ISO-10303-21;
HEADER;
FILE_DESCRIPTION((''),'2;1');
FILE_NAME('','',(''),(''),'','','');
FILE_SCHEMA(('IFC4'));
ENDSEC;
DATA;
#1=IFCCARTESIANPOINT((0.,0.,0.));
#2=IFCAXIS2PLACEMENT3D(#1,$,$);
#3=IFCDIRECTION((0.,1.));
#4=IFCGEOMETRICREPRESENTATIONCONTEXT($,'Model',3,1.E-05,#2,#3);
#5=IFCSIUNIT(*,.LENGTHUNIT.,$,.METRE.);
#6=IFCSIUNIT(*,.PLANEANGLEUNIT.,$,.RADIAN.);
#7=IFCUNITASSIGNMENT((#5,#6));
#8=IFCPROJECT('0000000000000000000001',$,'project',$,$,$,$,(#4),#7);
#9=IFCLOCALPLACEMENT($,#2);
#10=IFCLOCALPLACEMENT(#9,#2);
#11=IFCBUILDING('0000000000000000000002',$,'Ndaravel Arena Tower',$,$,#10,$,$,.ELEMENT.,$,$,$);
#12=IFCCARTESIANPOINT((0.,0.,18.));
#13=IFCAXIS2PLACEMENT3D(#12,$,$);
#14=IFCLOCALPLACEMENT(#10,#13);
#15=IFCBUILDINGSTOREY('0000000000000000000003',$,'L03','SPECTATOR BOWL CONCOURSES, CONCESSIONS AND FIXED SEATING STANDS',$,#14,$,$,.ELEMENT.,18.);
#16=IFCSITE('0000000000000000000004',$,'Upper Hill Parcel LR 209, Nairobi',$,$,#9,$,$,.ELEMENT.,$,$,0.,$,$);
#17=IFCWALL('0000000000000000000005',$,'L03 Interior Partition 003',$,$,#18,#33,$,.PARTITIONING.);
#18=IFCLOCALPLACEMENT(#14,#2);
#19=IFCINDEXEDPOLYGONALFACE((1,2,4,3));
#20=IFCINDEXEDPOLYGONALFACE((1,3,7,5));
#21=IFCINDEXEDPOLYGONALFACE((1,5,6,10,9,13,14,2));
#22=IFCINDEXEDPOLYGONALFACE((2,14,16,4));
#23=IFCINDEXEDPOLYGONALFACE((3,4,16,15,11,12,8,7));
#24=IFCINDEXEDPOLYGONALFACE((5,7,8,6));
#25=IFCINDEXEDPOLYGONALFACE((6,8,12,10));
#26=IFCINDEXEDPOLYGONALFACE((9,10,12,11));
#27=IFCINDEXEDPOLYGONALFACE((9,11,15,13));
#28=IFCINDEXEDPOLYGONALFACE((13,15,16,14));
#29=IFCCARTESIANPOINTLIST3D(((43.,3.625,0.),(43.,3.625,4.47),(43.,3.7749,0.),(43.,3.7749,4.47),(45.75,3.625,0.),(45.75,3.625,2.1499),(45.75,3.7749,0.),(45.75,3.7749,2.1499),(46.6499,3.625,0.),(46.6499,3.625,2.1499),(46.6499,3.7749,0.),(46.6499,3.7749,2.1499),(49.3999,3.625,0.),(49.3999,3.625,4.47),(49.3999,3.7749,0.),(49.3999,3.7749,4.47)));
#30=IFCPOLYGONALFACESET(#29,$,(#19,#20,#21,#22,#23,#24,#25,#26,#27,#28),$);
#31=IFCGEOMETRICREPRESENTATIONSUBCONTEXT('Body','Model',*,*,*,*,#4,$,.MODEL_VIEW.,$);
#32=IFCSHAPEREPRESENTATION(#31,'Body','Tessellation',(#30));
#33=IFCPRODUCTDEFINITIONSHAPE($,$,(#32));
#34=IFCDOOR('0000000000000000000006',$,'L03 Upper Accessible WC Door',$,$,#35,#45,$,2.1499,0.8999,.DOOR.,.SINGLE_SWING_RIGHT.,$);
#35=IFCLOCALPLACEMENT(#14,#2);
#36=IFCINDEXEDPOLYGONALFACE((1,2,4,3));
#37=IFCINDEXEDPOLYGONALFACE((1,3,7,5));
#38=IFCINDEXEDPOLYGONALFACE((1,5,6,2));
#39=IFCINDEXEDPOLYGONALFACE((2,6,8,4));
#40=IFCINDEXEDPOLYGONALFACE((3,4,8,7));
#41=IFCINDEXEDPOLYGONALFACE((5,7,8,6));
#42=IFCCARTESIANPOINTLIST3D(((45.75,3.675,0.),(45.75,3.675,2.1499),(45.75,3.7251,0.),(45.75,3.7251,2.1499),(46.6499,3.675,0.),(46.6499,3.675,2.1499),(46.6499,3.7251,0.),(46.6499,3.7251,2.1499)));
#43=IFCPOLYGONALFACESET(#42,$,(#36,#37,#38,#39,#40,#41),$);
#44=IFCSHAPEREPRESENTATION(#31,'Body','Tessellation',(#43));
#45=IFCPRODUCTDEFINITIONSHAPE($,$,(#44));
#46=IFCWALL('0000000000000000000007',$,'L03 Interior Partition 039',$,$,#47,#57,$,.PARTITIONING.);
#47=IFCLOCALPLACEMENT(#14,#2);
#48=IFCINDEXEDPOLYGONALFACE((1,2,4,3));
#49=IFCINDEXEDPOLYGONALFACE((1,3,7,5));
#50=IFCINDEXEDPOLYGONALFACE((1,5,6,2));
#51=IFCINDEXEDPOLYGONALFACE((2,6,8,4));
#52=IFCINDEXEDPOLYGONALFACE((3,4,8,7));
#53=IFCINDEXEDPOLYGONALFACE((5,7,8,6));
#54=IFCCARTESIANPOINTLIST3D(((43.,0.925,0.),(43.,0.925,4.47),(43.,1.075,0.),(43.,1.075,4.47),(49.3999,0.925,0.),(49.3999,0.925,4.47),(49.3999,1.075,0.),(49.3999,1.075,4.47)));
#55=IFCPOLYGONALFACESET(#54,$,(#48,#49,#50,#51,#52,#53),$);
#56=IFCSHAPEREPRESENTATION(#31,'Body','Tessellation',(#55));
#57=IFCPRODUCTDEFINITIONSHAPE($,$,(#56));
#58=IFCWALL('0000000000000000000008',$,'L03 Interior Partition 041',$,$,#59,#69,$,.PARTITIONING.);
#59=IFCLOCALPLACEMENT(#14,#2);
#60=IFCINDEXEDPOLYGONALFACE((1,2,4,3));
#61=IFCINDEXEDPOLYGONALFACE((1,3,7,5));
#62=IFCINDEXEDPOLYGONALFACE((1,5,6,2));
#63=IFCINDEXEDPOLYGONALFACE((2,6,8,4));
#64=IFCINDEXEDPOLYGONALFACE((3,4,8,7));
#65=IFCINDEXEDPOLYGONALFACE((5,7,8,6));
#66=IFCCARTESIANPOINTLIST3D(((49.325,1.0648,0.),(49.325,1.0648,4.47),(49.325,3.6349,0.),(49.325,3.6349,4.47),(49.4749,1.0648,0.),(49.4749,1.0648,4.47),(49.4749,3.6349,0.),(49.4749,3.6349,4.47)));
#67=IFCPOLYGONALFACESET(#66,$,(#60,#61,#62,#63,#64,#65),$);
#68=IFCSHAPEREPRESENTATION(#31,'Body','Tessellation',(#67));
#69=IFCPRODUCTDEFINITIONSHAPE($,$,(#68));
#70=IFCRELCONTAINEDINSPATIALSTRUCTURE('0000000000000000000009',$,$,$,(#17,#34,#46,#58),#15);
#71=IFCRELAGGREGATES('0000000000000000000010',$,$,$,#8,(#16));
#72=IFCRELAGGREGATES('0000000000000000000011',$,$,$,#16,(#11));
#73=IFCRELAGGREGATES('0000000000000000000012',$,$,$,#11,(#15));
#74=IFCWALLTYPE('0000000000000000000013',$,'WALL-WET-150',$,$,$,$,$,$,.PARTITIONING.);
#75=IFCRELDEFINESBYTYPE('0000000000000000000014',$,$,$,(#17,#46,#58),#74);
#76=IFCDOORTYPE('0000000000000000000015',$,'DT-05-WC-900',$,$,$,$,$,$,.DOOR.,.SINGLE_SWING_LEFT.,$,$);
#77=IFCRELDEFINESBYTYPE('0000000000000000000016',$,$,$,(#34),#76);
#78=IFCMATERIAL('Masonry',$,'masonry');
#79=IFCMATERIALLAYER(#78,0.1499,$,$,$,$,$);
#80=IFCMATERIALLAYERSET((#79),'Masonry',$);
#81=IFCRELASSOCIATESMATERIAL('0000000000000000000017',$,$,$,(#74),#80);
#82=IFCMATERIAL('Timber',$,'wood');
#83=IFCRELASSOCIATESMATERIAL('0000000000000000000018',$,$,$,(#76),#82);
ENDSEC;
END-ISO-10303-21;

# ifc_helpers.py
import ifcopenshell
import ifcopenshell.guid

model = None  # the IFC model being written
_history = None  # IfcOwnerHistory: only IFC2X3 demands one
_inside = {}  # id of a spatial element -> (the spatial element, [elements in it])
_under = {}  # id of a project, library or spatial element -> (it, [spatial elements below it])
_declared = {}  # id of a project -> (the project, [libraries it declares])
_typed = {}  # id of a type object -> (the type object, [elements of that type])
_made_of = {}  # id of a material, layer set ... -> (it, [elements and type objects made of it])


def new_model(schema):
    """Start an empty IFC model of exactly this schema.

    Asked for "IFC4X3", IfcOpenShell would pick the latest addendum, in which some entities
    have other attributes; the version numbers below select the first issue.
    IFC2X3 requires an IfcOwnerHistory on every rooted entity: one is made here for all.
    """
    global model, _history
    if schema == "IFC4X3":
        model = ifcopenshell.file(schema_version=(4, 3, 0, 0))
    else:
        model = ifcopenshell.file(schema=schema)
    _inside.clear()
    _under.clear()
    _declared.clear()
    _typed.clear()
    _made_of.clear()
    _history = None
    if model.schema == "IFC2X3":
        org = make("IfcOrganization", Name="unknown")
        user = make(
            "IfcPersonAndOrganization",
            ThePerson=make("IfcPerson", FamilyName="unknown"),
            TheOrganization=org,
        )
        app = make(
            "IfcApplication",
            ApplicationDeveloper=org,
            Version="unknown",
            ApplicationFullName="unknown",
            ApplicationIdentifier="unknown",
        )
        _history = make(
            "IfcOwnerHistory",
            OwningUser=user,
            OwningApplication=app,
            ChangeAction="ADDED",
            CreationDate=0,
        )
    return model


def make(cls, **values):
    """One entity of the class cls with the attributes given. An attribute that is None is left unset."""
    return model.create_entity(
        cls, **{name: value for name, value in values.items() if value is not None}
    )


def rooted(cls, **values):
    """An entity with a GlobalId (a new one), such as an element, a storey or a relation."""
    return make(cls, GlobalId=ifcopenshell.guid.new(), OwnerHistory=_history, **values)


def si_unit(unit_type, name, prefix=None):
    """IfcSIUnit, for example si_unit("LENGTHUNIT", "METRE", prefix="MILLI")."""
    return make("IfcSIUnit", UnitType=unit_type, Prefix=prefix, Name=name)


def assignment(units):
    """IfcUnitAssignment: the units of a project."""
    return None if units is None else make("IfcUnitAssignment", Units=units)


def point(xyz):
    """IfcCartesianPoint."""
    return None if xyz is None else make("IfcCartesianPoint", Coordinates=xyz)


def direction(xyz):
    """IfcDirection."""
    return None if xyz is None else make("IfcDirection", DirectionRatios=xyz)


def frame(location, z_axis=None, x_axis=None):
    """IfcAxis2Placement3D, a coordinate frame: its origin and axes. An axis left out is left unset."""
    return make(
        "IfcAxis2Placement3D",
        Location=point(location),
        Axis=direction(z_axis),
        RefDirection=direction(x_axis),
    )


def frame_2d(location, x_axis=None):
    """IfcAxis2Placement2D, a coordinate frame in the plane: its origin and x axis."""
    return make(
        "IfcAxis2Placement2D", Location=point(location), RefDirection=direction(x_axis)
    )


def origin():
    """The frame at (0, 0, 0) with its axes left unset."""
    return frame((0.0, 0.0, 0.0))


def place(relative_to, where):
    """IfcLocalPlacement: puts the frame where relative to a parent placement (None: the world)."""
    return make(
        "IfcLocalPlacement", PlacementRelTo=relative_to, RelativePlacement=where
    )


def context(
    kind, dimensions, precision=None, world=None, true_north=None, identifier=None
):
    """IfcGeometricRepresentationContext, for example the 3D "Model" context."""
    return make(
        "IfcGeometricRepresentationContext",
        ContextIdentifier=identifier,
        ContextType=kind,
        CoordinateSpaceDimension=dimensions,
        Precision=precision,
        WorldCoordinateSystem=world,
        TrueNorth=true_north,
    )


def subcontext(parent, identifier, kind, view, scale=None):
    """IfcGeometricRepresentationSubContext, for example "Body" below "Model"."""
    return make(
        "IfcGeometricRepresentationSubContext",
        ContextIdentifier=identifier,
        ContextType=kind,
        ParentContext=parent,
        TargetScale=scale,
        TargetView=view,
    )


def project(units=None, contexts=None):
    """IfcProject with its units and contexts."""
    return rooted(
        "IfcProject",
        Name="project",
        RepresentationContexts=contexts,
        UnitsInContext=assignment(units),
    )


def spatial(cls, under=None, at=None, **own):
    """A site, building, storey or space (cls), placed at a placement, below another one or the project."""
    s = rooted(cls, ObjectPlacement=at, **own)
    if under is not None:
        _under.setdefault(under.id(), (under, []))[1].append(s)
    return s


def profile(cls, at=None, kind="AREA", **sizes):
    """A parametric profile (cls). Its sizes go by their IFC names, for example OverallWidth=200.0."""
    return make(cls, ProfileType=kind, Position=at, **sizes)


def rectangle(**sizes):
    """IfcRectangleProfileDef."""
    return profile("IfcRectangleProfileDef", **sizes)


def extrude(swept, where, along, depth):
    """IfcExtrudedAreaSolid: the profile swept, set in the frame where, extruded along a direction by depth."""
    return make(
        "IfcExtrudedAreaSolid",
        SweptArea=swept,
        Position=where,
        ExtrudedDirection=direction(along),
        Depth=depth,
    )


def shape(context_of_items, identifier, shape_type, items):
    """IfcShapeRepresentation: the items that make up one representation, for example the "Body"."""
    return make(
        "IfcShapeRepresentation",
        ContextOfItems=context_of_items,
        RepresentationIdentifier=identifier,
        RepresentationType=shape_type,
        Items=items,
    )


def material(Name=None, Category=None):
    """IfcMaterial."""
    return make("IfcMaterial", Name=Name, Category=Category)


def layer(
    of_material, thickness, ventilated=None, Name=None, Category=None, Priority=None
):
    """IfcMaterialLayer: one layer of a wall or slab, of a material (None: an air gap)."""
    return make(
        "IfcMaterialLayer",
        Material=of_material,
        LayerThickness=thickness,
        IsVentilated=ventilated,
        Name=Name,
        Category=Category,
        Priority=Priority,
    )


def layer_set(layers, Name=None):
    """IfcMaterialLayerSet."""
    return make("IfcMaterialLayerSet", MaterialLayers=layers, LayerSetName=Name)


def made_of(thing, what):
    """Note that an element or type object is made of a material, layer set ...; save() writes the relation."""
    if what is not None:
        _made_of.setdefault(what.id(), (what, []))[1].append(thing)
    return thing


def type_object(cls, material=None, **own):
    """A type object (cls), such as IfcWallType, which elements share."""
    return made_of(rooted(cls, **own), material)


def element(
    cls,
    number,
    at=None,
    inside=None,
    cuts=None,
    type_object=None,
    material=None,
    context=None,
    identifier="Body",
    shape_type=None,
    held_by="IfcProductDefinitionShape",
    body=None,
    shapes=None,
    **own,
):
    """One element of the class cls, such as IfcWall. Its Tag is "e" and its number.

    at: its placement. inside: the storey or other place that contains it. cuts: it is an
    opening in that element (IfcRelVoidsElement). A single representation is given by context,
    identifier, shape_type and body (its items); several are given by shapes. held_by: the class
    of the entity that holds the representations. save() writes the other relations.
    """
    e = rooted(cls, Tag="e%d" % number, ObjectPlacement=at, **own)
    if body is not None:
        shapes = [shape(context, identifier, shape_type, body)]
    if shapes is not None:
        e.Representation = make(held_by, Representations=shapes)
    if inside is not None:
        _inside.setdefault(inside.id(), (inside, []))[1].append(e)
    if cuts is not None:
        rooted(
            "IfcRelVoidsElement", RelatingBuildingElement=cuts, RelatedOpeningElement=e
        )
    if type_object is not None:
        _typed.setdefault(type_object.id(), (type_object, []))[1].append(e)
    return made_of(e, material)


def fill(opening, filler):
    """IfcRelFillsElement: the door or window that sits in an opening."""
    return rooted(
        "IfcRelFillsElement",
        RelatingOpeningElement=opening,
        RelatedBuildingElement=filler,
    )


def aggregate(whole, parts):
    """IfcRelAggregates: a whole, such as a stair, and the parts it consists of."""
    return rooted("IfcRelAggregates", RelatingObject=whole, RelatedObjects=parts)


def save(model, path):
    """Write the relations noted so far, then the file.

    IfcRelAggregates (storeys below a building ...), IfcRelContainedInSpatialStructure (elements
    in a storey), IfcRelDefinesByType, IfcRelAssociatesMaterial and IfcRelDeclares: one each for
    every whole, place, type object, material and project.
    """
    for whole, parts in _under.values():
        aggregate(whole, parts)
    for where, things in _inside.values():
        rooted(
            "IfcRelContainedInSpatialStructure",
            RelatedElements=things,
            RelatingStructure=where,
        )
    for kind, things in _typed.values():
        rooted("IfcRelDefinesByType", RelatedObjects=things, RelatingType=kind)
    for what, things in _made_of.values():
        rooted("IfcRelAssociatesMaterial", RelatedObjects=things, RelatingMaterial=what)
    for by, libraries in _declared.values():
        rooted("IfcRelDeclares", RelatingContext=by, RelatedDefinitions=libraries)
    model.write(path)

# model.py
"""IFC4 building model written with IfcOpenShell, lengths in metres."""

from ifc_helpers import new_model, si_unit, direction, frame, frame_2d, origin, place, context, subcontext, project, spatial, rectangle, extrude, material, layer, layer_set, type_object, element, fill, save


model = new_model("IFC4")

# Units and contexts
model_context = context("Model", 3, precision=1e-05, world=origin(), true_north=direction((0.0, 1.0)))
body_context = subcontext(model_context, "Body", "Model", "MODEL_VIEW")
ifc_project = project(units=[si_unit("LENGTHUNIT", "METRE"), si_unit("PLANEANGLEUNIT", "RADIAN")], contexts=[model_context])

# Site, building, storey
site_placement = place(None, origin())
site = spatial("IfcSite", under=ifc_project, at=site_placement, Name="Upper Hill Parcel LR 209, Nairobi", CompositionType="ELEMENT", RefElevation=0.0)
building_placement = place(site_placement, origin())
building = spatial("IfcBuilding", under=site, at=building_placement, Name="Ndaravel Arena Tower", CompositionType="ELEMENT")
storey_placement = place(building_placement, frame((0.0, 0.0, 18.0)))
storey = spatial("IfcBuildingStorey", under=building, at=storey_placement, Name="L03", Description="SPECTATOR BOWL CONCOURSES, CONCESSIONS AND FIXED SEATING STANDS", CompositionType="ELEMENT", Elevation=18.0)

# Wall, opening, door
ifc_material_1 = material(Name="Masonry", Category="masonry")
ifc_layer_1 = layer(ifc_material_1, 0.1499)
ifc_layer_set_1 = layer_set([ifc_layer_1], Name="Masonry")
wall_type_1 = type_object("IfcWallType", Name="WALL-WET-150", PredefinedType="PARTITIONING", material=ifc_layer_set_1)
wall_1_placement = place(storey_placement, frame((49.3999, 3.7, 0.0), z_axis=(0.0, 0.0, 1.0), x_axis=(-1.0, 0.0, 0.0)))
wall_1 = element("IfcWall", 1, at=wall_1_placement, inside=storey, type_object=wall_type_1, Name="L03 Interior Partition 003", PredefinedType="PARTITIONING", context=body_context, shape_type="SweptSolid", body=[
    extrude(rectangle(XDim=6.3999, YDim=0.1499, at=frame_2d((3.2, 0.0))), origin(), (0.0, 0.0, 1.0), 4.47),
])
opening_1_placement = place(wall_1_placement, frame((2.75, 0.0, 0.0)))
opening_1 = element("IfcOpeningElement", 2, at=opening_1_placement, cuts=wall_1, PredefinedType="OPENING", context=body_context, shape_type="SweptSolid", body=[
    extrude(rectangle(XDim=0.8999, YDim=2.1499, at=frame_2d((0.45, 1.075))), frame((0.0, 0.075, 0.0), z_axis=(0.0, -1.0, 0.0), x_axis=(1.0, 0.0, 0.0)), (0.0, 0.0, 1.0), 0.1499),
])
ifc_material_2 = material(Name="Timber", Category="wood")
door_type_1 = type_object("IfcDoorType", Name="DT-05-WC-900", OperationType="SINGLE_SWING_LEFT", PredefinedType="DOOR", material=ifc_material_2)
door_1_placement = place(opening_1_placement, origin())
door_1 = element("IfcDoor", 3, at=door_1_placement, inside=storey, type_object=door_type_1, Name="L03 Upper Accessible WC Door", OperationType="SINGLE_SWING_RIGHT", OverallHeight=2.1499, OverallWidth=0.8999, PredefinedType="DOOR", context=body_context, shape_type="SweptSolid", body=[
    extrude(rectangle(XDim=0.8999, YDim=2.1499, at=frame_2d((0.45, 1.075))), frame((0.0, 0.0249, 0.0), z_axis=(0.0, -1.0, 0.0), x_axis=(1.0, 0.0, 0.0)), (0.0, 0.0, 1.0), 0.05),
])
fill(opening_1, door_1)

# Walls
wall_2_placement = place(storey_placement, frame((49.3999, 1.0, 0.0), z_axis=(0.0, 0.0, 1.0), x_axis=(-1.0, 0.0, 0.0)))
element("IfcWall", 4, at=wall_2_placement, inside=storey, type_object=wall_type_1, Name="L03 Interior Partition 039", PredefinedType="PARTITIONING", context=body_context, shape_type="SweptSolid", body=[
    extrude(rectangle(XDim=6.3999, YDim=0.1499, at=frame_2d((3.2, 0.0))), origin(), (0.0, 0.0, 1.0), 4.47),
])
wall_3_placement = place(storey_placement, frame((49.3999, 3.635, 0.0), z_axis=(0.0, 0.0, 1.0), x_axis=(0.0, -1.0, 0.0)))
element("IfcWall", 5, at=wall_3_placement, inside=storey, type_object=wall_type_1, Name="L03 Interior Partition 041", PredefinedType="PARTITIONING", context=body_context, shape_type="SweptSolid", body=[
    extrude(rectangle(XDim=2.5701, YDim=0.1499, at=frame_2d((1.2852, 0.0))), origin(), (0.0, 0.0, 1.0), 4.47),
])

save(model, "model.ifc")
